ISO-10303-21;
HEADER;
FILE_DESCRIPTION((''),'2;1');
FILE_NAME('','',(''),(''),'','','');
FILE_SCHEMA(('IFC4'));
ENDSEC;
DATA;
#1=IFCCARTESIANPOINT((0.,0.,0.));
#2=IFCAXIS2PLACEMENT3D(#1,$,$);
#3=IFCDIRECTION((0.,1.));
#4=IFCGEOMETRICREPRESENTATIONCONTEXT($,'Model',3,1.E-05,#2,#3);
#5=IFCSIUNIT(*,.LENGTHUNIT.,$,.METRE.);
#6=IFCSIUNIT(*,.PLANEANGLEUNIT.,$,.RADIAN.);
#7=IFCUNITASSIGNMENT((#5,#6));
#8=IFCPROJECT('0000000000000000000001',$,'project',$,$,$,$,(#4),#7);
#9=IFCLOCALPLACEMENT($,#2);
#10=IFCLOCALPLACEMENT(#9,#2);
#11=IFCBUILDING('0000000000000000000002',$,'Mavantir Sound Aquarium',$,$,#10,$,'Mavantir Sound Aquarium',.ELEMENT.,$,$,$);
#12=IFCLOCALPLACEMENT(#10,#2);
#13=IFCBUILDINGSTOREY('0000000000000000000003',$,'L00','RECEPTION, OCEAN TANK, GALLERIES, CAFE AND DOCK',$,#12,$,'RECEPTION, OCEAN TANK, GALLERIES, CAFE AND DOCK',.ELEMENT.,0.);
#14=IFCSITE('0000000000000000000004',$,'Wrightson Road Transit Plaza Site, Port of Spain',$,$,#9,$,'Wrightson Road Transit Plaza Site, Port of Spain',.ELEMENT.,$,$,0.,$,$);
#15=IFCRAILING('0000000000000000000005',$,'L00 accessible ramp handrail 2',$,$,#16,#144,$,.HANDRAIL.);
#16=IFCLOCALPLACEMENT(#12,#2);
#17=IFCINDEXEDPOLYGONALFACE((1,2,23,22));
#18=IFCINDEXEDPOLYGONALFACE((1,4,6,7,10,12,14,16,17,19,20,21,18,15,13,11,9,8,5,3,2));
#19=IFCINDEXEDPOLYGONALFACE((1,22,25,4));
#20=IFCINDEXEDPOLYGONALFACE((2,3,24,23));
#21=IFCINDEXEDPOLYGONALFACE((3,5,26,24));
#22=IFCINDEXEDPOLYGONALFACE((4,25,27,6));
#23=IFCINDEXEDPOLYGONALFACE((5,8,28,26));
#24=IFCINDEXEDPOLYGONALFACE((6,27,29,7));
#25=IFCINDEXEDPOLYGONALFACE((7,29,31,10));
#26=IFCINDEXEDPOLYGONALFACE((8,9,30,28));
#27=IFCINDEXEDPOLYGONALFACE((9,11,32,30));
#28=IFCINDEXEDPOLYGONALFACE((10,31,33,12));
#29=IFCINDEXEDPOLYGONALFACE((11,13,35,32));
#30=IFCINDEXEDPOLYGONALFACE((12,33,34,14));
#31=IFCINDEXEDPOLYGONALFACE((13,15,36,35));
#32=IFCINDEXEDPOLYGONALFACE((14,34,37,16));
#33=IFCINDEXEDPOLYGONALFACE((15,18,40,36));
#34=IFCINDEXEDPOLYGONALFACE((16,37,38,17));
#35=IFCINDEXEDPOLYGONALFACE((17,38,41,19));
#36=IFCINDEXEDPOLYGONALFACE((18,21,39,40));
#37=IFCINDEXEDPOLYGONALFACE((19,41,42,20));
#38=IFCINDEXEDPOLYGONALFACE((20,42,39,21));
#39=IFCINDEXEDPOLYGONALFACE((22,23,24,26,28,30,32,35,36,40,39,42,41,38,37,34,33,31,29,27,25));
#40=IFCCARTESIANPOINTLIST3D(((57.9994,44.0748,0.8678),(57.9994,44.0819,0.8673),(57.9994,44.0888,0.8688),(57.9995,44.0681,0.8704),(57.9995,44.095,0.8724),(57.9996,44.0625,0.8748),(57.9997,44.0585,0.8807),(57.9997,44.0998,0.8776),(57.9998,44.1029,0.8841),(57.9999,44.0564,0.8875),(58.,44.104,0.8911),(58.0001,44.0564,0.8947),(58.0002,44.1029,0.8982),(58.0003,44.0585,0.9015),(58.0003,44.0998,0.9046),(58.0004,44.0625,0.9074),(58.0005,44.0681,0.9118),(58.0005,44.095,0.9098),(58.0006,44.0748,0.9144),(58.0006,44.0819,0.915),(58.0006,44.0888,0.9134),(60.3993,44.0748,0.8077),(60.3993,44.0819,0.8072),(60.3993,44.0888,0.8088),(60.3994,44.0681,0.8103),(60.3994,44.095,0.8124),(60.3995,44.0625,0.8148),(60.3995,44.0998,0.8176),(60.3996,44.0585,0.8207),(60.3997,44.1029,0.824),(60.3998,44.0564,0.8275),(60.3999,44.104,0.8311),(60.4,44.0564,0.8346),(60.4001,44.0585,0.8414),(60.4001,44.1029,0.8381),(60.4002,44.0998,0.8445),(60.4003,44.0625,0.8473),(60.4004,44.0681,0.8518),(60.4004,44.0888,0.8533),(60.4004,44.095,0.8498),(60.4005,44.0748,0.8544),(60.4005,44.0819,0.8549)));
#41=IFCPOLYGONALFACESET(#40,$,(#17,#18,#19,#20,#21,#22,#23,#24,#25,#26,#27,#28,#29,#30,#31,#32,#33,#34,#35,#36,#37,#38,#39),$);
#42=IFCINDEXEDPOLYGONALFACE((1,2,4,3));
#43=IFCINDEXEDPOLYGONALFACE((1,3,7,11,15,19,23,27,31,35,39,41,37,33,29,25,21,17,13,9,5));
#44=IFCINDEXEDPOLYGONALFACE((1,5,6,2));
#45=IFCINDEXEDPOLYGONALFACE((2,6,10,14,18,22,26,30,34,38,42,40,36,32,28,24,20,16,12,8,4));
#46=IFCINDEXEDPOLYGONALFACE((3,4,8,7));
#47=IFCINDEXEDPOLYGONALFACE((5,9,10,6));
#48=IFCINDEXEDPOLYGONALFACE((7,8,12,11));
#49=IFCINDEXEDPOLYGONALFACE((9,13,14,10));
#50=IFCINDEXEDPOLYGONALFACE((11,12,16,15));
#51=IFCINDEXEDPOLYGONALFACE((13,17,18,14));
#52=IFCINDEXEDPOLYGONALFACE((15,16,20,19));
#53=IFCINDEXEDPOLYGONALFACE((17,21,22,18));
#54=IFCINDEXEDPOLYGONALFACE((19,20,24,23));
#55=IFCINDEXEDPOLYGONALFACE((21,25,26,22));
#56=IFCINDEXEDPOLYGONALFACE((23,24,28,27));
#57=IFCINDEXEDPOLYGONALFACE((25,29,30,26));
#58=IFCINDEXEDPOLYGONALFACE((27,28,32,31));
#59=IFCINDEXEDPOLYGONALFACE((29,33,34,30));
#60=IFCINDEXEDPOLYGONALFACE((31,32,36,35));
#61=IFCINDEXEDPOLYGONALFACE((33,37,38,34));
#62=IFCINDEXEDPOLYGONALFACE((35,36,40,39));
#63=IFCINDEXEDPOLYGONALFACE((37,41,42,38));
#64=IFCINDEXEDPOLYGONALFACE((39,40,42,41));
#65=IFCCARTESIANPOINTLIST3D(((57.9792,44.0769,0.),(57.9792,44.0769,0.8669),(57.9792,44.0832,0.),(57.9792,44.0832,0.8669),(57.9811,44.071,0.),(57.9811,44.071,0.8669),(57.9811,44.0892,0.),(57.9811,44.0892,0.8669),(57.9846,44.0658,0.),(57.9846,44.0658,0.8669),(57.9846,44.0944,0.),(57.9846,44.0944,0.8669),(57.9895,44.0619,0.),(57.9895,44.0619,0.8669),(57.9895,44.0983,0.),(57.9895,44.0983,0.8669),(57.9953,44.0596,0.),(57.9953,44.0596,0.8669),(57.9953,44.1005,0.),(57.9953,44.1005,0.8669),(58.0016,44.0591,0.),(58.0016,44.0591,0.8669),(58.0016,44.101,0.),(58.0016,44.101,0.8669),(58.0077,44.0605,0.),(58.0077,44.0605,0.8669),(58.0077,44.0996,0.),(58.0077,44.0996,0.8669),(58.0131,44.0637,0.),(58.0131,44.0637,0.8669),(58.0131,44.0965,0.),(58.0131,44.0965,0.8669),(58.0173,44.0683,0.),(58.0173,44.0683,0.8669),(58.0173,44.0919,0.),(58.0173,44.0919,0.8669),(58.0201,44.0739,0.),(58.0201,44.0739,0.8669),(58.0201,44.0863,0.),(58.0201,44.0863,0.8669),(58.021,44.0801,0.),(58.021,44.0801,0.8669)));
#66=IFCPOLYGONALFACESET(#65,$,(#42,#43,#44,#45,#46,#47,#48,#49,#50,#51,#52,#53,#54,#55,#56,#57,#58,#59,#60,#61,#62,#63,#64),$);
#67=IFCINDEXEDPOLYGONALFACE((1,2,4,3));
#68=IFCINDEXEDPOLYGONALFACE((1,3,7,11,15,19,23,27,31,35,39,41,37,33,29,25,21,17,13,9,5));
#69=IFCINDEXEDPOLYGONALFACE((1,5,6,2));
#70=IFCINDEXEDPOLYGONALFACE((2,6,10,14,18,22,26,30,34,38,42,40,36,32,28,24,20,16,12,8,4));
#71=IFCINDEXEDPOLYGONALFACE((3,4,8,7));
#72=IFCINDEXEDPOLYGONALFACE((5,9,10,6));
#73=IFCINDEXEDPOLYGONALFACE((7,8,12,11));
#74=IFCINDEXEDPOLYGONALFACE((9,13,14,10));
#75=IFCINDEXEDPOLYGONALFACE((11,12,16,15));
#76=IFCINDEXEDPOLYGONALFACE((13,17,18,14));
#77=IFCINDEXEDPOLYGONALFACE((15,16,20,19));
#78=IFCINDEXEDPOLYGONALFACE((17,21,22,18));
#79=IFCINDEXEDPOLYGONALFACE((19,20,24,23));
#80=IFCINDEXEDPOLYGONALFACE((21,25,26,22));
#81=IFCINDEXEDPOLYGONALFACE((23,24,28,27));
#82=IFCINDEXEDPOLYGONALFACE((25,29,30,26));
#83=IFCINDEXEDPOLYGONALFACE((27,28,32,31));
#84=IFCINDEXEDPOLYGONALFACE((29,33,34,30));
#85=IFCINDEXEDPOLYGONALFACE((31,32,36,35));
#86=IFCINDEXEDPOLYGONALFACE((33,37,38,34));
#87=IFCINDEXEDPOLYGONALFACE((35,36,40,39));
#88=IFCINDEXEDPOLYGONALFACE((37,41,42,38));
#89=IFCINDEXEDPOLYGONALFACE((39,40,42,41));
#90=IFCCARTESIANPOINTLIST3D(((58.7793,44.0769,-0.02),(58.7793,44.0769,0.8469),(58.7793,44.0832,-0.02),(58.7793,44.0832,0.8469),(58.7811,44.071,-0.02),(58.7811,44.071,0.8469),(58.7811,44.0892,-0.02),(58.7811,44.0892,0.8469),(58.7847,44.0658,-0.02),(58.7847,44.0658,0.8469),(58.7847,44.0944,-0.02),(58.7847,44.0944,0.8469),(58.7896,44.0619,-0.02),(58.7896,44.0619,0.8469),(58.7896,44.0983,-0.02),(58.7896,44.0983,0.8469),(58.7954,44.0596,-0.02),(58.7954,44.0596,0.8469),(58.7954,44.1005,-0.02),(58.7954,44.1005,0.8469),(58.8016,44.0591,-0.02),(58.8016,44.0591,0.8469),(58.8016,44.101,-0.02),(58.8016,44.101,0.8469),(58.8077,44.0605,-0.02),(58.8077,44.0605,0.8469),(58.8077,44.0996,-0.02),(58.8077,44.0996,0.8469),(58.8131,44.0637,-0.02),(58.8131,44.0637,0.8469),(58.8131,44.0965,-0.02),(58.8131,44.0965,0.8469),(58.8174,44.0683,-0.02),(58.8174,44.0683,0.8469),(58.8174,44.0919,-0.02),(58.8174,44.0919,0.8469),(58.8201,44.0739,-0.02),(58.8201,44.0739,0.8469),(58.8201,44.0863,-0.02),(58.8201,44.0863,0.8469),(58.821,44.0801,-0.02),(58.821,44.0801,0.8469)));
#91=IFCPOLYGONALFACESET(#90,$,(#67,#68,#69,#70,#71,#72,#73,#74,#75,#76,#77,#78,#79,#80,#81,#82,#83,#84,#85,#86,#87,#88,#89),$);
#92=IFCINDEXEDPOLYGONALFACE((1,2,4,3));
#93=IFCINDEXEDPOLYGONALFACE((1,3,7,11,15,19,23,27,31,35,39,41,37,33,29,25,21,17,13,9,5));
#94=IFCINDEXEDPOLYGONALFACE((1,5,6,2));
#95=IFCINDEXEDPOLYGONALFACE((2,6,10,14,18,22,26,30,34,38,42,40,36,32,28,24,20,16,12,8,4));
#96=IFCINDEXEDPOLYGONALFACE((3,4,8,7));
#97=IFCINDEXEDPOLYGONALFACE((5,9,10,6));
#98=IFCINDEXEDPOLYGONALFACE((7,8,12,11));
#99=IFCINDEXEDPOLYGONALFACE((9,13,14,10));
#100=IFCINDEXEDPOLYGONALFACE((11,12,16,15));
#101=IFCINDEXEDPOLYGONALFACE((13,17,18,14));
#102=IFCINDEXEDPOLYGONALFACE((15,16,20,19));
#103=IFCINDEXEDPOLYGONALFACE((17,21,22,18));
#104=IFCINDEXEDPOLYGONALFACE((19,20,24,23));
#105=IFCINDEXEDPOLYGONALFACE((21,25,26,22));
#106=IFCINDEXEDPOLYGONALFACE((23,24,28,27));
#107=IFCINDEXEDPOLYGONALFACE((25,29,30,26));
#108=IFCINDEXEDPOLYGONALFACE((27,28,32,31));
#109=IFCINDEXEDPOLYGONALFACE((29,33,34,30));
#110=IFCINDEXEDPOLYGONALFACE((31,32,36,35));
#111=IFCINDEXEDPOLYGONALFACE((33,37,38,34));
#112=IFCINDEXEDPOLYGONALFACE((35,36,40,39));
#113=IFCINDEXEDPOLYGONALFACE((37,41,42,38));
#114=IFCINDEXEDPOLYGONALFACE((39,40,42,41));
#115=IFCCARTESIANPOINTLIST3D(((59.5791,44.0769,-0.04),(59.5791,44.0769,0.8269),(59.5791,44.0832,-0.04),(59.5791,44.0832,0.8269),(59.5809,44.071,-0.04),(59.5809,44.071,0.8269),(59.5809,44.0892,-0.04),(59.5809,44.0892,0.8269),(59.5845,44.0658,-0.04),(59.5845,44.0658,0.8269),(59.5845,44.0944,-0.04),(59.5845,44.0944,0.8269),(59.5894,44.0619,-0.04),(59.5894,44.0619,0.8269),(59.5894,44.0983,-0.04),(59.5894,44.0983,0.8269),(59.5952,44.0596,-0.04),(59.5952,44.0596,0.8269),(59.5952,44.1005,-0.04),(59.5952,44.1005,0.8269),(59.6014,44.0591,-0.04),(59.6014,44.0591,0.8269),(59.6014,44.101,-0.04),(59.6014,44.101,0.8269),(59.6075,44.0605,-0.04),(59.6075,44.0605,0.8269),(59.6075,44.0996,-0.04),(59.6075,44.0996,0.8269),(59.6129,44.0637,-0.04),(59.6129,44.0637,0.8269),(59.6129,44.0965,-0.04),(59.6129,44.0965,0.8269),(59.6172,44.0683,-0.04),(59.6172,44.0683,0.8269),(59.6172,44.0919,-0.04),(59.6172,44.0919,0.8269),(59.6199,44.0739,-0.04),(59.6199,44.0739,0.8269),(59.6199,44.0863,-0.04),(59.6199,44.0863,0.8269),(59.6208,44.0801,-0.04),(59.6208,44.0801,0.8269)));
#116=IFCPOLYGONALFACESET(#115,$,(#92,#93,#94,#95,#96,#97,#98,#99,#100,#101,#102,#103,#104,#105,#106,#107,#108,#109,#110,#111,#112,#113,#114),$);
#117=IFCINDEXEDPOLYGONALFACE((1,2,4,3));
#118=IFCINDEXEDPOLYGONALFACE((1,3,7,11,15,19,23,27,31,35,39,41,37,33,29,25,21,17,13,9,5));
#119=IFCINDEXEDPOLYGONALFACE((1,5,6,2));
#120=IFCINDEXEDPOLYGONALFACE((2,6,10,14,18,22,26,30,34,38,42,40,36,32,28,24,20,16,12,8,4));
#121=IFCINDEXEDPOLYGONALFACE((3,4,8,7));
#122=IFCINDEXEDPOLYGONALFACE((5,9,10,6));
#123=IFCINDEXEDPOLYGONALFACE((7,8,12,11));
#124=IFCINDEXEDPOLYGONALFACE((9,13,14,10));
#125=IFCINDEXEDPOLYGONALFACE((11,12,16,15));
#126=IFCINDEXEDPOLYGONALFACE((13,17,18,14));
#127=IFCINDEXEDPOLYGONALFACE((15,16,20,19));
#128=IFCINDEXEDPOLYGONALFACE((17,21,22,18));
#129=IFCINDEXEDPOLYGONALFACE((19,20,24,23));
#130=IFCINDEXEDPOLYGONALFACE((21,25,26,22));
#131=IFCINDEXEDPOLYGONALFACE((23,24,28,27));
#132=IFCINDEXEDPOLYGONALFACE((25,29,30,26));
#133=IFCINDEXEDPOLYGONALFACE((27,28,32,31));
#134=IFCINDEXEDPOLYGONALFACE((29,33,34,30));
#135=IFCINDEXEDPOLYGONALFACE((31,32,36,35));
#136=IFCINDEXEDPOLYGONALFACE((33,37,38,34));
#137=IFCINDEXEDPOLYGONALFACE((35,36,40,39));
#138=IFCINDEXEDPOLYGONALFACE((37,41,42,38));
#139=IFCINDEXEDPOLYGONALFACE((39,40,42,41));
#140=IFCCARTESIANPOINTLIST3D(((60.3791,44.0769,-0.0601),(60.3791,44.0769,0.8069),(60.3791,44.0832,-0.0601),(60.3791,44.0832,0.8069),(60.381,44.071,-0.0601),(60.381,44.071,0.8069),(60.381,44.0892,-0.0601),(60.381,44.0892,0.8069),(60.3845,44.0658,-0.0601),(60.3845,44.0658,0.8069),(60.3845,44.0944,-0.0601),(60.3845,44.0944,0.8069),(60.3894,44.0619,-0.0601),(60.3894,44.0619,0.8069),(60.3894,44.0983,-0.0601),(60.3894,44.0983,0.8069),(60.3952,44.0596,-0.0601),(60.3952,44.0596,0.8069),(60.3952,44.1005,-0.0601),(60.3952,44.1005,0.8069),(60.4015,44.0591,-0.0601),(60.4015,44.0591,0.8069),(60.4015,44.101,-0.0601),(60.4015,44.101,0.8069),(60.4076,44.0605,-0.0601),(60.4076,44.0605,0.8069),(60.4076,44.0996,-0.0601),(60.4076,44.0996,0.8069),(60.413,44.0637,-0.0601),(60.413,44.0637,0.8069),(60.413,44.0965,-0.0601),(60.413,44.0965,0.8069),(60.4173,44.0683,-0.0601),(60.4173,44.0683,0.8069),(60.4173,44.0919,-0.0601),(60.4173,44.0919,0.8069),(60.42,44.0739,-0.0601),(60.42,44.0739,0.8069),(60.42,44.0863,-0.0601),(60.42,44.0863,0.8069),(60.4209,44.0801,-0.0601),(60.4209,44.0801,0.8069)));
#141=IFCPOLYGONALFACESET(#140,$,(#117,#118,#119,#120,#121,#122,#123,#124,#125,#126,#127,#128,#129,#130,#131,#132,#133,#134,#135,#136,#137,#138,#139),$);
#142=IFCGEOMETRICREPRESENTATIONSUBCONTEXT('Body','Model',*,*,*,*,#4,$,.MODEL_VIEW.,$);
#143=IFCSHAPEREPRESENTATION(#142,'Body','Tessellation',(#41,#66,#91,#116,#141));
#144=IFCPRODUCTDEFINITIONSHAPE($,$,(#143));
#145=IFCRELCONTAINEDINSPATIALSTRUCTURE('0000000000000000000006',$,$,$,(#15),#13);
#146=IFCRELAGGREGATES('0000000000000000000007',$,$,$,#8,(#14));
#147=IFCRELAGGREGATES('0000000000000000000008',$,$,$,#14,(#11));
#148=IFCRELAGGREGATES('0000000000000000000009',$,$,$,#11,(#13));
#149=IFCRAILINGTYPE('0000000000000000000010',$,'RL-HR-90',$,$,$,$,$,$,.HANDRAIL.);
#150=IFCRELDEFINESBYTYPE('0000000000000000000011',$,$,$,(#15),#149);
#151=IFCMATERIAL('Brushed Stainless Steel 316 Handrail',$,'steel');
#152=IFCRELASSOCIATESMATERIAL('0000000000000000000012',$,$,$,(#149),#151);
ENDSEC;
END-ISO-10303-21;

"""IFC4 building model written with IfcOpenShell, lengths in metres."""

from ifc_helpers import new_model, si_unit, direction, frame, origin, origin_2d, place, context, subcontext, project, spatial, circle, extrude, material, type_object, element, save


model = new_model("IFC4")

# Units and contexts
model_context = context("Model", 3, precision=1e-05, world=origin(), true_north=direction((0.0, 1.0)))
body_context = subcontext(model_context, "Body", "Model", "MODEL_VIEW")
ifc_project = project(units=[si_unit("LENGTHUNIT", "METRE"), si_unit("PLANEANGLEUNIT", "RADIAN")], contexts=[model_context])

# Site, building, storey
site_placement = place(None, origin())
site = spatial("IfcSite", under=ifc_project, at=site_placement, Name="Wrightson Road Transit Plaza Site, Port of Spain", LongName="Wrightson Road Transit Plaza Site, Port of Spain", CompositionType="ELEMENT", RefElevation=0.0)
building_placement = place(site_placement, origin())
building = spatial("IfcBuilding", under=site, at=building_placement, Name="Mavantir Sound Aquarium", LongName="Mavantir Sound Aquarium", CompositionType="ELEMENT")
storey_placement = place(building_placement, origin())
storey = spatial("IfcBuildingStorey", under=building, at=storey_placement, Name="L00", Description="RECEPTION, OCEAN TANK, GALLERIES, CAFE AND DOCK", LongName="RECEPTION, OCEAN TANK, GALLERIES, CAFE AND DOCK", CompositionType="ELEMENT", Elevation=0.0)

# Railing
ifc_material_1 = material(Name="Brushed Stainless Steel 316 Handrail", Category="steel")
railing_type = type_object("IfcRailingType", Name="RL-HR-90", PredefinedType="HANDRAIL", material=ifc_material_1)
railing_placement = place(storey_placement, frame((58.0, 44.0801, 0.0)))
element("IfcRailing", 1, at=railing_placement, inside=storey, type_object=railing_type, Name="L00 accessible ramp handrail 2", PredefinedType="HANDRAIL", context=body_context, shape_type="SweptSolid", body=[
    extrude(circle(Radius=0.0239, at=origin_2d()), frame((0.0, 0.0, 0.8911), z_axis=(0.999687, 0.0, -0.025018), x_axis=(0.0, 1.0, 0.0)), (0.0, 0.0, 1.0), 2.4006),
    extrude(circle(Radius=0.021, at=origin_2d()), origin(), (0.0, 0.0, 1.0), 0.8669),
    extrude(circle(Radius=0.021, at=origin_2d()), frame((0.8, 0.0, -0.02)), (0.0, 0.0, 1.0), 0.8669),
    extrude(circle(Radius=0.021, at=origin_2d()), frame((1.5999, 0.0, -0.04)), (0.0, 0.0, 1.0), 0.8669),
    extrude(circle(Radius=0.021, at=origin_2d()), frame((2.3999, 0.0, -0.0601)), (0.0, 0.0, 1.0), 0.8669),
])

save(model, "model.ifc")
